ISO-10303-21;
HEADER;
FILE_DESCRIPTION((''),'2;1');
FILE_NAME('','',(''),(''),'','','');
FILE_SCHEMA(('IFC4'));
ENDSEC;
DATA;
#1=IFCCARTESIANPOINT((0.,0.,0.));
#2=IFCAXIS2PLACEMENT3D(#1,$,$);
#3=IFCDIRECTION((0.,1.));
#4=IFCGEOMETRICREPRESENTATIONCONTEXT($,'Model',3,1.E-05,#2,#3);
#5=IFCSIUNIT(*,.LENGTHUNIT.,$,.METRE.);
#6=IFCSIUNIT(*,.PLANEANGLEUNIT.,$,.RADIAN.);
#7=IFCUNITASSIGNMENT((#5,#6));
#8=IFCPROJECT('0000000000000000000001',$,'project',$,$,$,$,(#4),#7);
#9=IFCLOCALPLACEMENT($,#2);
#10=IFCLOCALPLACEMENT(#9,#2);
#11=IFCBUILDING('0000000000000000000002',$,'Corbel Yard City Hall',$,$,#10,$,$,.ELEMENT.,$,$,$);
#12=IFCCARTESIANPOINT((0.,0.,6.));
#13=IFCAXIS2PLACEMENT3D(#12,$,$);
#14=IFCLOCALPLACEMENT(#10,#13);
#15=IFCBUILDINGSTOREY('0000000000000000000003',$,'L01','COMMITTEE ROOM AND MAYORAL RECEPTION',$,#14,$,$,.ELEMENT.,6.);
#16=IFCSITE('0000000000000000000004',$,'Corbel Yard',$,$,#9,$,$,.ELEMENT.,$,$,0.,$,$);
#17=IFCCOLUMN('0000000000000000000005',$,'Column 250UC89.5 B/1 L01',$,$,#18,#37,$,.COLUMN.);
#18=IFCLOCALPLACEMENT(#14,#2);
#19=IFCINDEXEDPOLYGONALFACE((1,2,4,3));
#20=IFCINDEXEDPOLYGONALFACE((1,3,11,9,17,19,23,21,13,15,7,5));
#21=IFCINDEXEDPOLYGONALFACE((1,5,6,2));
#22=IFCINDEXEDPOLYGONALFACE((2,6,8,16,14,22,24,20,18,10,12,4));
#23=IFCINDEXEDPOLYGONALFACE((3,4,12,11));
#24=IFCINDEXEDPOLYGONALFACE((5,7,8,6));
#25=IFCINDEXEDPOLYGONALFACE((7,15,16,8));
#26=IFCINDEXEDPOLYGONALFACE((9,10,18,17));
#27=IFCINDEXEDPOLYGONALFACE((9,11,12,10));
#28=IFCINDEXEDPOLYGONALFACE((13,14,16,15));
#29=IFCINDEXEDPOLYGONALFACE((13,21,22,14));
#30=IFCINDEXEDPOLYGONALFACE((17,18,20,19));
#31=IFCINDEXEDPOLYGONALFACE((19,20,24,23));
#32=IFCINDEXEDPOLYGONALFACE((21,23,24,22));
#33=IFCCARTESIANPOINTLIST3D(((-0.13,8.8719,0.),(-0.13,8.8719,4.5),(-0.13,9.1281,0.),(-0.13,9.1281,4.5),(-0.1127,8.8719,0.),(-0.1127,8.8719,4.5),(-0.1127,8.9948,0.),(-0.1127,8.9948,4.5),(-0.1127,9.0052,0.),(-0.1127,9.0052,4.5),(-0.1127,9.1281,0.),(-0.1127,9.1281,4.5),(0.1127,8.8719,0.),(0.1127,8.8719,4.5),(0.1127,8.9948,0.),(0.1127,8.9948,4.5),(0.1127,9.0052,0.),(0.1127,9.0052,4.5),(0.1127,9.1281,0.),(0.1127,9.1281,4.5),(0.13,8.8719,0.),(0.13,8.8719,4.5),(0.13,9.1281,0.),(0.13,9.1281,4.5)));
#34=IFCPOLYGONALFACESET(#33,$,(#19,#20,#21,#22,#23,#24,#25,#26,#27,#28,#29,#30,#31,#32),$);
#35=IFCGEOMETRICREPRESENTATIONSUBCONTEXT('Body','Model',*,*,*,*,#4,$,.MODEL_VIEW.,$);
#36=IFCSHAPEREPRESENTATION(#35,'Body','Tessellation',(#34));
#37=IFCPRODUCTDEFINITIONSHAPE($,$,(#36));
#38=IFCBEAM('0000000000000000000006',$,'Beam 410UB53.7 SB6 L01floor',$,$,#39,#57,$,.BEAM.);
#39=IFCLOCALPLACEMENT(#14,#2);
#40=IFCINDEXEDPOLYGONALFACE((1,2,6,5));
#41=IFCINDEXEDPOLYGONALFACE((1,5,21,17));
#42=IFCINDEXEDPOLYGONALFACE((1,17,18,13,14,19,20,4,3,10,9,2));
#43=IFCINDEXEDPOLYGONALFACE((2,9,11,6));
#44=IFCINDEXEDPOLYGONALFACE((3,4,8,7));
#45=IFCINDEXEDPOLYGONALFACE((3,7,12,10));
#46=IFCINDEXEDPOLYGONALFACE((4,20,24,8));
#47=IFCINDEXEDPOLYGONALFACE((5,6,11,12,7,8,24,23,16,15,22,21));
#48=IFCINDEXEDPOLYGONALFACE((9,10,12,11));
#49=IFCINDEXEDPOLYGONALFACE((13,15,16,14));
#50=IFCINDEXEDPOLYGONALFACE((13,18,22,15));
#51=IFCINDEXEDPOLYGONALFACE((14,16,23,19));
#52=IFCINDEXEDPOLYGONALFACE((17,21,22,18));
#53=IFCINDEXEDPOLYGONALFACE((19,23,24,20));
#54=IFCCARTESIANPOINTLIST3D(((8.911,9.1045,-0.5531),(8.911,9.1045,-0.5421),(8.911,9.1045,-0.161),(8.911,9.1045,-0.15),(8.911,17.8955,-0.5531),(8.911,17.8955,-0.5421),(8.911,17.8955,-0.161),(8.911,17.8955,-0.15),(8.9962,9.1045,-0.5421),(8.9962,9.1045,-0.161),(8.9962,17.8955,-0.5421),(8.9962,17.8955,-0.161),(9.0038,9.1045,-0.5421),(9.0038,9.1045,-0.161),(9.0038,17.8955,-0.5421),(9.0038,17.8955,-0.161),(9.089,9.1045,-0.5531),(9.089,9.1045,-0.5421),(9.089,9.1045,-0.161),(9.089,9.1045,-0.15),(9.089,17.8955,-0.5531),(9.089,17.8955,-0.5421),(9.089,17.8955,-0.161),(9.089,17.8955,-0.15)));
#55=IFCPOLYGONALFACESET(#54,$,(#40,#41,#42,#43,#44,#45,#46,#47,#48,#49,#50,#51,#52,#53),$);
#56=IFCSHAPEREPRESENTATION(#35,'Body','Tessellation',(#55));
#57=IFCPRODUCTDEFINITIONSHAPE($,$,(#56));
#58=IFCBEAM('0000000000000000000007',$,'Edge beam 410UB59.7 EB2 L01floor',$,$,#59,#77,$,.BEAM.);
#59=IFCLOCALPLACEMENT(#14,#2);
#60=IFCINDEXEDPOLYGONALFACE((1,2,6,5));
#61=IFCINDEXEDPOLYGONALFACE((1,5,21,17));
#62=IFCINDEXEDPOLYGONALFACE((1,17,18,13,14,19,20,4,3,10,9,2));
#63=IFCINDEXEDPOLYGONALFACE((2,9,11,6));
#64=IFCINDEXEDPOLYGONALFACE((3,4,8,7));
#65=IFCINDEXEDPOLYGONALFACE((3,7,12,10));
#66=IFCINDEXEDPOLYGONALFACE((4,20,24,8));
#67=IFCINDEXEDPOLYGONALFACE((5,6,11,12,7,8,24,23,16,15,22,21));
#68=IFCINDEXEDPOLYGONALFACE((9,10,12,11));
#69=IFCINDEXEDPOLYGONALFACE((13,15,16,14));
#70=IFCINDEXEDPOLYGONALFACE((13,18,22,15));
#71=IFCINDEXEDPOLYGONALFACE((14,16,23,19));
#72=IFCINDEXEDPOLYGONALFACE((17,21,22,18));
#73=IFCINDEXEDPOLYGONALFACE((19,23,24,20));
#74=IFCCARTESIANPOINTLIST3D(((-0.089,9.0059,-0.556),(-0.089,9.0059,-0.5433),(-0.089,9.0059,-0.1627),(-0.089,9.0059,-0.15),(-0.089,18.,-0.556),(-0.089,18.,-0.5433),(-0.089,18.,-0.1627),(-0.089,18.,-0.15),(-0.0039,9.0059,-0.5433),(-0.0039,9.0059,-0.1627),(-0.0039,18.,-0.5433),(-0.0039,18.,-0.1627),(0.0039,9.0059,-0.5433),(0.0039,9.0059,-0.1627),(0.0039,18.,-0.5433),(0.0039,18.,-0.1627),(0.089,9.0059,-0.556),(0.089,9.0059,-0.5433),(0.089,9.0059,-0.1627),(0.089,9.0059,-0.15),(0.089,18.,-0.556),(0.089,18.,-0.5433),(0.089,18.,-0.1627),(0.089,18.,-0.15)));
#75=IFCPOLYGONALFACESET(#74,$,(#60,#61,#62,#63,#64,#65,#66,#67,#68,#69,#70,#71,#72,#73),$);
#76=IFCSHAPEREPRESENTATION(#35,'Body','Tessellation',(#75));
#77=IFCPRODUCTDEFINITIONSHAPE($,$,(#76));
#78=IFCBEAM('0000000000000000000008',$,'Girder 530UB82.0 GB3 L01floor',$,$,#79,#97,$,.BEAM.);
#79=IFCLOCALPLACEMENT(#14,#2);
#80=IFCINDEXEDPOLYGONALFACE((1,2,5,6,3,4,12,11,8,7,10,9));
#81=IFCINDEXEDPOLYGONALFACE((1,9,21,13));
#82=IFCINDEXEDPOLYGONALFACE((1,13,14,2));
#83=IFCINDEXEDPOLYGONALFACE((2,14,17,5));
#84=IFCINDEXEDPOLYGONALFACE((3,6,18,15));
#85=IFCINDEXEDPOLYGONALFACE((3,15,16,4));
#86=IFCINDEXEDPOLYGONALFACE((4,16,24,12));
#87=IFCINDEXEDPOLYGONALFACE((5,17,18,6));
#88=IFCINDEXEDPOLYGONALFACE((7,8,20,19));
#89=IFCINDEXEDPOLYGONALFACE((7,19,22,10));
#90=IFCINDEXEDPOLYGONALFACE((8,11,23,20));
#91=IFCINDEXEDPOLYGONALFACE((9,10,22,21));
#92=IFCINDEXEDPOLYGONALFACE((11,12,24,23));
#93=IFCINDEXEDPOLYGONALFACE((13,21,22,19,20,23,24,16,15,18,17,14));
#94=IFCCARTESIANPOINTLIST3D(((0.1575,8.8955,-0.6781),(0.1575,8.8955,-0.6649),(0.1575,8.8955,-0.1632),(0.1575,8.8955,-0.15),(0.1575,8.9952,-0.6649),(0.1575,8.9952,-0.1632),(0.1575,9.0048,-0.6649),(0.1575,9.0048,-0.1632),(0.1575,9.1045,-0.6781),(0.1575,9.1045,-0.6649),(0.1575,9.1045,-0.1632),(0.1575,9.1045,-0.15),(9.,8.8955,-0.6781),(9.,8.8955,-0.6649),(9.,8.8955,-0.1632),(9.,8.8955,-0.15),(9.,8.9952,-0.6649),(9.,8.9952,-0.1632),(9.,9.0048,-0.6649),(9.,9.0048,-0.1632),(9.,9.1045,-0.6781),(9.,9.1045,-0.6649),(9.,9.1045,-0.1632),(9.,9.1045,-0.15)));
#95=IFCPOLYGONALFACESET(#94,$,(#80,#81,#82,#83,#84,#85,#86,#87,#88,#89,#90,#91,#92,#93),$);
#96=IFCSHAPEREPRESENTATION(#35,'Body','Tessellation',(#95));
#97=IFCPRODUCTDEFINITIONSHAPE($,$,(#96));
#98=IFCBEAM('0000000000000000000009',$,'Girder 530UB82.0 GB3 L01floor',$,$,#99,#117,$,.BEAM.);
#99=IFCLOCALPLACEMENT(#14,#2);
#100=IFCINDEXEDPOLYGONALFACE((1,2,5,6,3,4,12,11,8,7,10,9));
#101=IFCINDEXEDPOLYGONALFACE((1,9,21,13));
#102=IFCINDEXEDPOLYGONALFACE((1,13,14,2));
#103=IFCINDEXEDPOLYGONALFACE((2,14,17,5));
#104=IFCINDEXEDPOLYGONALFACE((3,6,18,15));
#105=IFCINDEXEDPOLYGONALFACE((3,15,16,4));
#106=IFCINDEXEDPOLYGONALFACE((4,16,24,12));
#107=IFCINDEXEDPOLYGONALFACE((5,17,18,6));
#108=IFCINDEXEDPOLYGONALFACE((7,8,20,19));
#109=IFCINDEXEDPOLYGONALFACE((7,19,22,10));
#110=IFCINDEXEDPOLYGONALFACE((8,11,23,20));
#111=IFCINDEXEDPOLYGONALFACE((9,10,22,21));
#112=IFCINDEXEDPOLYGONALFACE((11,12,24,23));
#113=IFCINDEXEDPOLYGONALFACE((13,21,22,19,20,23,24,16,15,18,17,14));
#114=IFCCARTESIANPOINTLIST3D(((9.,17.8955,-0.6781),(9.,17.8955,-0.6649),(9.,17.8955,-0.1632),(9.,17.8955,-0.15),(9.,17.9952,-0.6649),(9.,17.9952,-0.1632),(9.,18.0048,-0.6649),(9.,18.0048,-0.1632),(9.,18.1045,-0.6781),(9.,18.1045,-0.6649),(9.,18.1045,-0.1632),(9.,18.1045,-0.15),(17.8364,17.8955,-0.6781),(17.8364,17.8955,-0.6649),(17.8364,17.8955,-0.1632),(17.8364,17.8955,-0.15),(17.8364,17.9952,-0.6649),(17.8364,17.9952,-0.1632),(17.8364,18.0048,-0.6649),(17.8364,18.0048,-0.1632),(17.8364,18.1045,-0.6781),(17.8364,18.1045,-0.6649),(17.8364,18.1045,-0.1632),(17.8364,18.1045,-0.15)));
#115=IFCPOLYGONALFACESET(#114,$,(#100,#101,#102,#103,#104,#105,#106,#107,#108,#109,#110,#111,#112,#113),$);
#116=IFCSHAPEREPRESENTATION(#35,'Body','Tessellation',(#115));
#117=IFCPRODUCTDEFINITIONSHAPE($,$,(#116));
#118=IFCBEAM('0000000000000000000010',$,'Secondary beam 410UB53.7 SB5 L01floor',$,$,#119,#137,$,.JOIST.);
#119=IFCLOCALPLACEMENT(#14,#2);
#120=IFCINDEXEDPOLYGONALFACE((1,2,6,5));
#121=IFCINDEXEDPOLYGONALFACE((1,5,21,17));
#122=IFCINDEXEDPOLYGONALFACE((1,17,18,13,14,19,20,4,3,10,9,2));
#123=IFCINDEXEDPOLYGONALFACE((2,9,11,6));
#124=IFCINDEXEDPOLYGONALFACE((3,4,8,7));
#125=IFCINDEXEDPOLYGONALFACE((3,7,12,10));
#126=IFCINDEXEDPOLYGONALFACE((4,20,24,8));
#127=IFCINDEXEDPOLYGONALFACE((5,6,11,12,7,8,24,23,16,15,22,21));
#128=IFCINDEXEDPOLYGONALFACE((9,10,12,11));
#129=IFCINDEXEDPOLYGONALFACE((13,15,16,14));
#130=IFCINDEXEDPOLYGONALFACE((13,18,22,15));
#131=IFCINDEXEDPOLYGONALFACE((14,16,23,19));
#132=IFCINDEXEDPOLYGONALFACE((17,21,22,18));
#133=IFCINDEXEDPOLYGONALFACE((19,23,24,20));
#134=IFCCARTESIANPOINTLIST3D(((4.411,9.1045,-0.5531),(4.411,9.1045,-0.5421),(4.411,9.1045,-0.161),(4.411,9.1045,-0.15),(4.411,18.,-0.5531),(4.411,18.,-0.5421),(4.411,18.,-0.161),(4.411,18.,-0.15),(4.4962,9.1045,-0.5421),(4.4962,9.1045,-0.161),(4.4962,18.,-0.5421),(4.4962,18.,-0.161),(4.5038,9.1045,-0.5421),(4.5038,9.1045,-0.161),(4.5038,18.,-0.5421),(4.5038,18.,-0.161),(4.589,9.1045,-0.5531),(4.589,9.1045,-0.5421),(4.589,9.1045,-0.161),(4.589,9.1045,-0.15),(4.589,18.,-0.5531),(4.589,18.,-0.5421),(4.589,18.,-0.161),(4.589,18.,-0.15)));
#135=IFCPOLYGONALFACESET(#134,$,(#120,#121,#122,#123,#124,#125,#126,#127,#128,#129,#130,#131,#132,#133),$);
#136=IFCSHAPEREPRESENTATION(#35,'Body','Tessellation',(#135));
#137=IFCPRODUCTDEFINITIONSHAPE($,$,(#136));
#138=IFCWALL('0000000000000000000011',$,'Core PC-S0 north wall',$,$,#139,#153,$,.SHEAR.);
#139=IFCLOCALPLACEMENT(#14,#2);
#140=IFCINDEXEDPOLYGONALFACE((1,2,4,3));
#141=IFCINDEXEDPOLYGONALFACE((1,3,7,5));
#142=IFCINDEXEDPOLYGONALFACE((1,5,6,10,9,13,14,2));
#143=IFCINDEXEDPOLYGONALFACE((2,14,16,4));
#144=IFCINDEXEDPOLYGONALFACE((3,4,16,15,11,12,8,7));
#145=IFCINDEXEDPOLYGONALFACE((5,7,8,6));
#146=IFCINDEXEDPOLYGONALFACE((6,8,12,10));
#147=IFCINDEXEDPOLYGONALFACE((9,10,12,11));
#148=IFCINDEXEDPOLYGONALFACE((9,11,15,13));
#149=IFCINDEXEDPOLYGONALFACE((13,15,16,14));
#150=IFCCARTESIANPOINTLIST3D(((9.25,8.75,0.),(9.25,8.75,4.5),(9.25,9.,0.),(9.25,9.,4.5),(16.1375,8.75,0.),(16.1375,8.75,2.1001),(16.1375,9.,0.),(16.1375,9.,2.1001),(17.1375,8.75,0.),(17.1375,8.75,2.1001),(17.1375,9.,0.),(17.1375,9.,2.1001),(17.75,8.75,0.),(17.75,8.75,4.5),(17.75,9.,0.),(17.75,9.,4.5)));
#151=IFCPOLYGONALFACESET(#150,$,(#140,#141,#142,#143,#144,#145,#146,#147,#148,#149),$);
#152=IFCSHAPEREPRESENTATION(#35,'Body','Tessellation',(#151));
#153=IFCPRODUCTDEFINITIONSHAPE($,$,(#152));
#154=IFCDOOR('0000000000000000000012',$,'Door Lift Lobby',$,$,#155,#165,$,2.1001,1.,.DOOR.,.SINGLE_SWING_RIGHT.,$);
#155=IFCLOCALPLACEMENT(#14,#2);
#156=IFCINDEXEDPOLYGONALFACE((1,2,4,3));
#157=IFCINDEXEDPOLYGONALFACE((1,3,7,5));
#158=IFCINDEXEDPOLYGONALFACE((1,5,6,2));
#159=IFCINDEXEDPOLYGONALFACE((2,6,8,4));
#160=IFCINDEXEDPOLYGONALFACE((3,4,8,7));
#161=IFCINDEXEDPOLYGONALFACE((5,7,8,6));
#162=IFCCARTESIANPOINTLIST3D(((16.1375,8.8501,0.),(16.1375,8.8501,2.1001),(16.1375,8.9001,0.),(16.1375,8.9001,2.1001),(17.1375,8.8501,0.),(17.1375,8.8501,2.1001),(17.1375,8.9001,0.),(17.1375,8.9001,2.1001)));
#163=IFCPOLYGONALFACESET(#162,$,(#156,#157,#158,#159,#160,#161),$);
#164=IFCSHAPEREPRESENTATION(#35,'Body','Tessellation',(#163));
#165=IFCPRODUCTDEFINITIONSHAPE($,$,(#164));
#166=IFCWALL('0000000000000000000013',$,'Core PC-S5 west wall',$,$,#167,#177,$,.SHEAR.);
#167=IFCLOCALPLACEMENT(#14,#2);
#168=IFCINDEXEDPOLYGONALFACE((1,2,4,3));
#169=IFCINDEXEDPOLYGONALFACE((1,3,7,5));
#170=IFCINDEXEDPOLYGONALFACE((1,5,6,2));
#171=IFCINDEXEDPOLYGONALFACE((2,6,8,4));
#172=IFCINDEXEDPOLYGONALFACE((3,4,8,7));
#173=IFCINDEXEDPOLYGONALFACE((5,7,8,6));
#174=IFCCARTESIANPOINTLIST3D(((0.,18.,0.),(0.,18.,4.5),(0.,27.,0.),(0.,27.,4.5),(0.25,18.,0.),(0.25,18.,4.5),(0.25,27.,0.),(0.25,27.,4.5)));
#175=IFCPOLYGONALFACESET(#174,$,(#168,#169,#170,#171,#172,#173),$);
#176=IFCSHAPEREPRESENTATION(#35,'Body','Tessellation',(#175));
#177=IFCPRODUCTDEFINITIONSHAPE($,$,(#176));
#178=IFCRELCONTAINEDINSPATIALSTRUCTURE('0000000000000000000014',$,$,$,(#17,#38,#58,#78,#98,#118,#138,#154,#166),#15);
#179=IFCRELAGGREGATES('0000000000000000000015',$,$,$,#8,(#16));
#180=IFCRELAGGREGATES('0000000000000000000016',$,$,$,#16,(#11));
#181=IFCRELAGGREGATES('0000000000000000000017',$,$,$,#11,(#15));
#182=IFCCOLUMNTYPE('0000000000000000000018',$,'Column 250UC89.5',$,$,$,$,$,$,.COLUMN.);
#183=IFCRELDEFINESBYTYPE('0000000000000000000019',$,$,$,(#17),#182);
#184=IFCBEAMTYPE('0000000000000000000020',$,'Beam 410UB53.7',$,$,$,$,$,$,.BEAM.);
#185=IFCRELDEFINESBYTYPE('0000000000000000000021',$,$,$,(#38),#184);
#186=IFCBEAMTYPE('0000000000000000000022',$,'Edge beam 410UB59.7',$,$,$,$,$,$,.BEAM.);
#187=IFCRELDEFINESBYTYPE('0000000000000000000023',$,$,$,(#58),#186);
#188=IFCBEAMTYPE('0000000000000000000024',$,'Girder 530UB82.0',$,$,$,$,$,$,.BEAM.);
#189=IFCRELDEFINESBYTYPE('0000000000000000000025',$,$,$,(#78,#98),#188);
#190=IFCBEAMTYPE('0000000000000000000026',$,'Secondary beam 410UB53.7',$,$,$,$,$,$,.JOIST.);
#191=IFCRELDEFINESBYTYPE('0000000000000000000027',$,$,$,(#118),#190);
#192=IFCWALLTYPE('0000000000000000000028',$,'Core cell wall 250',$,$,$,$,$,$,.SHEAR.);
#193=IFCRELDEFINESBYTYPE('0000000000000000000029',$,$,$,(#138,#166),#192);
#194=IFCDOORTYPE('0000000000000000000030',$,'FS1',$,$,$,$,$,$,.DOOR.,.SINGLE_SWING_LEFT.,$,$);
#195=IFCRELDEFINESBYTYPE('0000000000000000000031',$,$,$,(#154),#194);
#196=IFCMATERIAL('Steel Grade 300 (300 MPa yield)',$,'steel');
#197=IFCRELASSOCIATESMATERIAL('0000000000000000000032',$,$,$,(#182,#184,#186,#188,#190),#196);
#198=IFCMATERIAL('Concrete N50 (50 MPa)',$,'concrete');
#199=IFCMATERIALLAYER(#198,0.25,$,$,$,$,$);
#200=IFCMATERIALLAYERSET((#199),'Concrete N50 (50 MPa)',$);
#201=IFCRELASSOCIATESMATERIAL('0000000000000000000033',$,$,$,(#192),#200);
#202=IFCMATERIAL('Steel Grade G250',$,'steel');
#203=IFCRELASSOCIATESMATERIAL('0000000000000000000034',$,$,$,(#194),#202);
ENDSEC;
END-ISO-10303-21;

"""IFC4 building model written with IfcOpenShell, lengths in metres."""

from ifc_helpers import new_model, si_unit, direction, frame, frame_2d, origin, origin_2d, place, context, subcontext, project, spatial, rectangle, i_section, extrude, material, layer, layer_set, material_profile, profile_set, type_object, element, fill, save


model = new_model("IFC4")

# Units and contexts
model_context = context("Model", 3, precision=1e-05, world=origin(), true_north=direction((0.0, 1.0)))
body_context = subcontext(model_context, "Body", "Model", "MODEL_VIEW")
ifc_project = project(units=[si_unit("LENGTHUNIT", "METRE"), si_unit("PLANEANGLEUNIT", "RADIAN")], contexts=[model_context])

# Site, building, storey
site_placement = place(None, origin())
site = spatial("IfcSite", under=ifc_project, at=site_placement, Name="Corbel Yard", CompositionType="ELEMENT", RefElevation=0.0)
building_placement = place(site_placement, origin())
building = spatial("IfcBuilding", under=site, at=building_placement, Name="Corbel Yard City Hall", CompositionType="ELEMENT")
storey_placement = place(building_placement, frame((0.0, 0.0, 6.0)))
storey = spatial("IfcBuildingStorey", under=building, at=storey_placement, Name="L01", Description="COMMITTEE ROOM AND MAYORAL RECEPTION", CompositionType="ELEMENT", Elevation=6.0)

# Column
ifc_material_1 = material(Name="Steel Grade 300 (300 MPa yield)", Category="steel")
ifc_material_profile_1 = material_profile(ifc_material_1, i_section(OverallWidth=0.2561, OverallDepth=0.26, WebThickness=0.0105, FlangeThickness=0.0173, at=origin_2d()), Name="250UC89.5")
ifc_profile_set_1 = profile_set([ifc_material_profile_1], Name="Steel Grade 300 (300 MPa yield)")
column_type = type_object("IfcColumnType", Name="Column 250UC89.5", PredefinedType="COLUMN", material=ifc_profile_set_1)
column_placement = place(storey_placement, frame((0.0, 9.0, 0.0), z_axis=(0.0, 0.0, 1.0), x_axis=(0.0, 1.0, 0.0)))
element("IfcColumn", 1, at=column_placement, inside=storey, type_object=column_type, Name="Column 250UC89.5 B/1 L01", PredefinedType="COLUMN", context=body_context, shape_type="SweptSolid", body=[
    extrude(i_section(OverallWidth=0.2561, OverallDepth=0.26, WebThickness=0.0105, FlangeThickness=0.0173, at=origin_2d()), origin(), (0.0, 0.0, 1.0), 4.5),
])

# Beams
ifc_material_profile_2 = material_profile(ifc_material_1, i_section(OverallWidth=0.178, OverallDepth=0.4031, WebThickness=0.0076, FlangeThickness=0.011, at=origin_2d()), Name="410UB53.7")
ifc_profile_set_2 = profile_set([ifc_material_profile_2], Name="Steel Grade 300 (300 MPa yield)")
beam_type_1 = type_object("IfcBeamType", Name="Beam 410UB53.7", PredefinedType="BEAM", material=ifc_profile_set_2)
beam_1_placement = place(storey_placement, frame((9.0, 9.1045, -0.3516), z_axis=(0.0, 1.0, 0.0), x_axis=(-1.0, 0.0, 0.0)))
element("IfcBeam", 2, at=beam_1_placement, inside=storey, type_object=beam_type_1, Name="Beam 410UB53.7 SB6 L01floor", PredefinedType="BEAM", context=body_context, shape_type="SweptSolid", body=[
    extrude(i_section(OverallWidth=0.178, OverallDepth=0.4031, WebThickness=0.0076, FlangeThickness=0.011, at=origin_2d()), origin(), (0.0, 0.0, 1.0), 8.791),
])
ifc_material_profile_3 = material_profile(ifc_material_1, i_section(OverallWidth=0.178, OverallDepth=0.406, WebThickness=0.0078, FlangeThickness=0.0127, at=origin_2d()), Name="410UB59.7")
ifc_profile_set_3 = profile_set([ifc_material_profile_3], Name="Steel Grade 300 (300 MPa yield)")
beam_type_2 = type_object("IfcBeamType", Name="Edge beam 410UB59.7", PredefinedType="BEAM", material=ifc_profile_set_3)
beam_2_placement = place(storey_placement, frame((0.0, 9.0059, -0.353), z_axis=(0.0, 1.0, 0.0), x_axis=(-1.0, 0.0, 0.0)))
element("IfcBeam", 3, at=beam_2_placement, inside=storey, type_object=beam_type_2, Name="Edge beam 410UB59.7 EB2 L01floor", PredefinedType="BEAM", context=body_context, shape_type="SweptSolid", body=[
    extrude(i_section(OverallWidth=0.178, OverallDepth=0.406, WebThickness=0.0078, FlangeThickness=0.0127, at=origin_2d()), origin(), (0.0, 0.0, 1.0), 8.9941),
])
ifc_material_profile_4 = material_profile(ifc_material_1, i_section(OverallWidth=0.209, OverallDepth=0.5281, WebThickness=0.0095, FlangeThickness=0.0132, at=origin_2d()), Name="530UB82.0")
ifc_profile_set_4 = profile_set([ifc_material_profile_4], Name="Steel Grade 300 (300 MPa yield)")
beam_type_3 = type_object("IfcBeamType", Name="Girder 530UB82.0", PredefinedType="BEAM", material=ifc_profile_set_4)
beam_3_placement = place(storey_placement, frame((0.1575, 9.0, -0.4141), z_axis=(1.0, 0.0, 0.0), x_axis=(0.0, 1.0, 0.0)))
element("IfcBeam", 4, at=beam_3_placement, inside=storey, type_object=beam_type_3, Name="Girder 530UB82.0 GB3 L01floor", PredefinedType="BEAM", context=body_context, shape_type="SweptSolid", body=[
    extrude(i_section(OverallWidth=0.209, OverallDepth=0.5281, WebThickness=0.0095, FlangeThickness=0.0132, at=origin_2d()), origin(), (0.0, 0.0, 1.0), 8.8425),
])
beam_4_placement = place(storey_placement, frame((9.0, 18.0, -0.4141), z_axis=(1.0, 0.0, 0.0), x_axis=(0.0, 1.0, 0.0)))
element("IfcBeam", 5, at=beam_4_placement, inside=storey, type_object=beam_type_3, Name="Girder 530UB82.0 GB3 L01floor", PredefinedType="BEAM", context=body_context, shape_type="SweptSolid", body=[
    extrude(i_section(OverallWidth=0.209, OverallDepth=0.5281, WebThickness=0.0095, FlangeThickness=0.0132, at=origin_2d()), origin(), (0.0, 0.0, 1.0), 8.8364),
])
ifc_material_profile_5 = material_profile(ifc_material_1, i_section(OverallWidth=0.178, OverallDepth=0.4031, WebThickness=0.0076, FlangeThickness=0.011, at=origin_2d()), Name="410UB53.7")
ifc_profile_set_5 = profile_set([ifc_material_profile_5], Name="Steel Grade 300 (300 MPa yield)")
beam_type_4 = type_object("IfcBeamType", Name="Secondary beam 410UB53.7", PredefinedType="JOIST", material=ifc_profile_set_5)
beam_5_placement = place(storey_placement, frame((4.5, 9.1045, -0.3516), z_axis=(0.0, 1.0, 0.0), x_axis=(-1.0, 0.0, 0.0)))
element("IfcBeam", 6, at=beam_5_placement, inside=storey, type_object=beam_type_4, Name="Secondary beam 410UB53.7 SB5 L01floor", PredefinedType="JOIST", context=body_context, shape_type="SweptSolid", body=[
    extrude(i_section(OverallWidth=0.178, OverallDepth=0.4031, WebThickness=0.0076, FlangeThickness=0.011, at=origin_2d()), origin(), (0.0, 0.0, 1.0), 8.8955),
])

# Wall, opening, door
ifc_material_2 = material(Name="Concrete N50 (50 MPa)", Category="concrete")
ifc_layer_1 = layer(ifc_material_2, 0.25)
ifc_layer_set_1 = layer_set([ifc_layer_1], Name="Concrete N50 (50 MPa)")
wall_type_1 = type_object("IfcWallType", Name="Core cell wall 250", PredefinedType="SHEAR", material=ifc_layer_set_1)
wall_1_placement = place(storey_placement, frame((9.25, 8.875, 0.0), z_axis=(0.0, 0.0, 1.0), x_axis=(1.0, 0.0, 0.0)))
wall_1 = element("IfcWall", 7, at=wall_1_placement, inside=storey, type_object=wall_type_1, Name="Core PC-S0 north wall", PredefinedType="SHEAR", context=body_context, shape_type="SweptSolid", body=[
    extrude(rectangle(XDim=8.5, YDim=0.25, at=frame_2d((4.25, 0.0))), origin(), (0.0, 0.0, 1.0), 4.5),
])
opening_1_placement = place(wall_1_placement, frame((6.8875, 0.0, 0.0)))
opening_1 = element("IfcOpeningElement", 8, at=opening_1_placement, cuts=wall_1, PredefinedType="OPENING", context=body_context, shape_type="SweptSolid", body=[
    extrude(rectangle(XDim=1.0, YDim=2.1001, at=frame_2d((0.5, 1.05))), frame((0.0, 0.135, 0.0), z_axis=(0.0, -1.0, 0.0), x_axis=(1.0, 0.0, 0.0)), (0.0, 0.0, 1.0), 0.27),
])
ifc_material_3 = material(Name="Steel Grade G250", Category="steel")
door_type_1 = type_object("IfcDoorType", Name="FS1", OperationType="SINGLE_SWING_LEFT", PredefinedType="DOOR", material=ifc_material_3)
door_1_placement = place(opening_1_placement, frame((1.0, 0.0, 0.0), z_axis=(0.0, 0.0, 1.0), x_axis=(-1.0, 0.0, 0.0)))
door_1 = element("IfcDoor", 9, at=door_1_placement, inside=storey, type_object=door_type_1, Name="Door Lift Lobby", OperationType="SINGLE_SWING_RIGHT", OverallHeight=2.1001, OverallWidth=1.0, PredefinedType="DOOR", context=body_context, shape_type="SweptSolid", body=[
    extrude(rectangle(XDim=1.0, YDim=2.1001, at=frame_2d((0.5, 1.05))), frame((0.0, 0.0249, 0.0), z_axis=(0.0, -1.0, 0.0), x_axis=(1.0, 0.0, 0.0)), (0.0, 0.0, 1.0), 0.05),
])
fill(opening_1, door_1)

# Wall
for number, where, z_axis, x_axis, name in (
    (10, (0.125, 18.0, 0.0), (0.0, 0.0, 1.0), (0.0, 1.0, 0.0), "Core PC-S5 west wall"),
):
    element("IfcWall", number, at=place(storey_placement, frame(where, z_axis=z_axis, x_axis=x_axis)), inside=storey, type_object=wall_type_1, Name=name, PredefinedType="SHEAR", context=body_context, shape_type="SweptSolid", body=[
        extrude(rectangle(XDim=9.0, YDim=0.25, at=frame_2d((4.5, 0.0))), origin(), (0.0, 0.0, 1.0), 4.5),
    ])

save(model, "model.ifc")
